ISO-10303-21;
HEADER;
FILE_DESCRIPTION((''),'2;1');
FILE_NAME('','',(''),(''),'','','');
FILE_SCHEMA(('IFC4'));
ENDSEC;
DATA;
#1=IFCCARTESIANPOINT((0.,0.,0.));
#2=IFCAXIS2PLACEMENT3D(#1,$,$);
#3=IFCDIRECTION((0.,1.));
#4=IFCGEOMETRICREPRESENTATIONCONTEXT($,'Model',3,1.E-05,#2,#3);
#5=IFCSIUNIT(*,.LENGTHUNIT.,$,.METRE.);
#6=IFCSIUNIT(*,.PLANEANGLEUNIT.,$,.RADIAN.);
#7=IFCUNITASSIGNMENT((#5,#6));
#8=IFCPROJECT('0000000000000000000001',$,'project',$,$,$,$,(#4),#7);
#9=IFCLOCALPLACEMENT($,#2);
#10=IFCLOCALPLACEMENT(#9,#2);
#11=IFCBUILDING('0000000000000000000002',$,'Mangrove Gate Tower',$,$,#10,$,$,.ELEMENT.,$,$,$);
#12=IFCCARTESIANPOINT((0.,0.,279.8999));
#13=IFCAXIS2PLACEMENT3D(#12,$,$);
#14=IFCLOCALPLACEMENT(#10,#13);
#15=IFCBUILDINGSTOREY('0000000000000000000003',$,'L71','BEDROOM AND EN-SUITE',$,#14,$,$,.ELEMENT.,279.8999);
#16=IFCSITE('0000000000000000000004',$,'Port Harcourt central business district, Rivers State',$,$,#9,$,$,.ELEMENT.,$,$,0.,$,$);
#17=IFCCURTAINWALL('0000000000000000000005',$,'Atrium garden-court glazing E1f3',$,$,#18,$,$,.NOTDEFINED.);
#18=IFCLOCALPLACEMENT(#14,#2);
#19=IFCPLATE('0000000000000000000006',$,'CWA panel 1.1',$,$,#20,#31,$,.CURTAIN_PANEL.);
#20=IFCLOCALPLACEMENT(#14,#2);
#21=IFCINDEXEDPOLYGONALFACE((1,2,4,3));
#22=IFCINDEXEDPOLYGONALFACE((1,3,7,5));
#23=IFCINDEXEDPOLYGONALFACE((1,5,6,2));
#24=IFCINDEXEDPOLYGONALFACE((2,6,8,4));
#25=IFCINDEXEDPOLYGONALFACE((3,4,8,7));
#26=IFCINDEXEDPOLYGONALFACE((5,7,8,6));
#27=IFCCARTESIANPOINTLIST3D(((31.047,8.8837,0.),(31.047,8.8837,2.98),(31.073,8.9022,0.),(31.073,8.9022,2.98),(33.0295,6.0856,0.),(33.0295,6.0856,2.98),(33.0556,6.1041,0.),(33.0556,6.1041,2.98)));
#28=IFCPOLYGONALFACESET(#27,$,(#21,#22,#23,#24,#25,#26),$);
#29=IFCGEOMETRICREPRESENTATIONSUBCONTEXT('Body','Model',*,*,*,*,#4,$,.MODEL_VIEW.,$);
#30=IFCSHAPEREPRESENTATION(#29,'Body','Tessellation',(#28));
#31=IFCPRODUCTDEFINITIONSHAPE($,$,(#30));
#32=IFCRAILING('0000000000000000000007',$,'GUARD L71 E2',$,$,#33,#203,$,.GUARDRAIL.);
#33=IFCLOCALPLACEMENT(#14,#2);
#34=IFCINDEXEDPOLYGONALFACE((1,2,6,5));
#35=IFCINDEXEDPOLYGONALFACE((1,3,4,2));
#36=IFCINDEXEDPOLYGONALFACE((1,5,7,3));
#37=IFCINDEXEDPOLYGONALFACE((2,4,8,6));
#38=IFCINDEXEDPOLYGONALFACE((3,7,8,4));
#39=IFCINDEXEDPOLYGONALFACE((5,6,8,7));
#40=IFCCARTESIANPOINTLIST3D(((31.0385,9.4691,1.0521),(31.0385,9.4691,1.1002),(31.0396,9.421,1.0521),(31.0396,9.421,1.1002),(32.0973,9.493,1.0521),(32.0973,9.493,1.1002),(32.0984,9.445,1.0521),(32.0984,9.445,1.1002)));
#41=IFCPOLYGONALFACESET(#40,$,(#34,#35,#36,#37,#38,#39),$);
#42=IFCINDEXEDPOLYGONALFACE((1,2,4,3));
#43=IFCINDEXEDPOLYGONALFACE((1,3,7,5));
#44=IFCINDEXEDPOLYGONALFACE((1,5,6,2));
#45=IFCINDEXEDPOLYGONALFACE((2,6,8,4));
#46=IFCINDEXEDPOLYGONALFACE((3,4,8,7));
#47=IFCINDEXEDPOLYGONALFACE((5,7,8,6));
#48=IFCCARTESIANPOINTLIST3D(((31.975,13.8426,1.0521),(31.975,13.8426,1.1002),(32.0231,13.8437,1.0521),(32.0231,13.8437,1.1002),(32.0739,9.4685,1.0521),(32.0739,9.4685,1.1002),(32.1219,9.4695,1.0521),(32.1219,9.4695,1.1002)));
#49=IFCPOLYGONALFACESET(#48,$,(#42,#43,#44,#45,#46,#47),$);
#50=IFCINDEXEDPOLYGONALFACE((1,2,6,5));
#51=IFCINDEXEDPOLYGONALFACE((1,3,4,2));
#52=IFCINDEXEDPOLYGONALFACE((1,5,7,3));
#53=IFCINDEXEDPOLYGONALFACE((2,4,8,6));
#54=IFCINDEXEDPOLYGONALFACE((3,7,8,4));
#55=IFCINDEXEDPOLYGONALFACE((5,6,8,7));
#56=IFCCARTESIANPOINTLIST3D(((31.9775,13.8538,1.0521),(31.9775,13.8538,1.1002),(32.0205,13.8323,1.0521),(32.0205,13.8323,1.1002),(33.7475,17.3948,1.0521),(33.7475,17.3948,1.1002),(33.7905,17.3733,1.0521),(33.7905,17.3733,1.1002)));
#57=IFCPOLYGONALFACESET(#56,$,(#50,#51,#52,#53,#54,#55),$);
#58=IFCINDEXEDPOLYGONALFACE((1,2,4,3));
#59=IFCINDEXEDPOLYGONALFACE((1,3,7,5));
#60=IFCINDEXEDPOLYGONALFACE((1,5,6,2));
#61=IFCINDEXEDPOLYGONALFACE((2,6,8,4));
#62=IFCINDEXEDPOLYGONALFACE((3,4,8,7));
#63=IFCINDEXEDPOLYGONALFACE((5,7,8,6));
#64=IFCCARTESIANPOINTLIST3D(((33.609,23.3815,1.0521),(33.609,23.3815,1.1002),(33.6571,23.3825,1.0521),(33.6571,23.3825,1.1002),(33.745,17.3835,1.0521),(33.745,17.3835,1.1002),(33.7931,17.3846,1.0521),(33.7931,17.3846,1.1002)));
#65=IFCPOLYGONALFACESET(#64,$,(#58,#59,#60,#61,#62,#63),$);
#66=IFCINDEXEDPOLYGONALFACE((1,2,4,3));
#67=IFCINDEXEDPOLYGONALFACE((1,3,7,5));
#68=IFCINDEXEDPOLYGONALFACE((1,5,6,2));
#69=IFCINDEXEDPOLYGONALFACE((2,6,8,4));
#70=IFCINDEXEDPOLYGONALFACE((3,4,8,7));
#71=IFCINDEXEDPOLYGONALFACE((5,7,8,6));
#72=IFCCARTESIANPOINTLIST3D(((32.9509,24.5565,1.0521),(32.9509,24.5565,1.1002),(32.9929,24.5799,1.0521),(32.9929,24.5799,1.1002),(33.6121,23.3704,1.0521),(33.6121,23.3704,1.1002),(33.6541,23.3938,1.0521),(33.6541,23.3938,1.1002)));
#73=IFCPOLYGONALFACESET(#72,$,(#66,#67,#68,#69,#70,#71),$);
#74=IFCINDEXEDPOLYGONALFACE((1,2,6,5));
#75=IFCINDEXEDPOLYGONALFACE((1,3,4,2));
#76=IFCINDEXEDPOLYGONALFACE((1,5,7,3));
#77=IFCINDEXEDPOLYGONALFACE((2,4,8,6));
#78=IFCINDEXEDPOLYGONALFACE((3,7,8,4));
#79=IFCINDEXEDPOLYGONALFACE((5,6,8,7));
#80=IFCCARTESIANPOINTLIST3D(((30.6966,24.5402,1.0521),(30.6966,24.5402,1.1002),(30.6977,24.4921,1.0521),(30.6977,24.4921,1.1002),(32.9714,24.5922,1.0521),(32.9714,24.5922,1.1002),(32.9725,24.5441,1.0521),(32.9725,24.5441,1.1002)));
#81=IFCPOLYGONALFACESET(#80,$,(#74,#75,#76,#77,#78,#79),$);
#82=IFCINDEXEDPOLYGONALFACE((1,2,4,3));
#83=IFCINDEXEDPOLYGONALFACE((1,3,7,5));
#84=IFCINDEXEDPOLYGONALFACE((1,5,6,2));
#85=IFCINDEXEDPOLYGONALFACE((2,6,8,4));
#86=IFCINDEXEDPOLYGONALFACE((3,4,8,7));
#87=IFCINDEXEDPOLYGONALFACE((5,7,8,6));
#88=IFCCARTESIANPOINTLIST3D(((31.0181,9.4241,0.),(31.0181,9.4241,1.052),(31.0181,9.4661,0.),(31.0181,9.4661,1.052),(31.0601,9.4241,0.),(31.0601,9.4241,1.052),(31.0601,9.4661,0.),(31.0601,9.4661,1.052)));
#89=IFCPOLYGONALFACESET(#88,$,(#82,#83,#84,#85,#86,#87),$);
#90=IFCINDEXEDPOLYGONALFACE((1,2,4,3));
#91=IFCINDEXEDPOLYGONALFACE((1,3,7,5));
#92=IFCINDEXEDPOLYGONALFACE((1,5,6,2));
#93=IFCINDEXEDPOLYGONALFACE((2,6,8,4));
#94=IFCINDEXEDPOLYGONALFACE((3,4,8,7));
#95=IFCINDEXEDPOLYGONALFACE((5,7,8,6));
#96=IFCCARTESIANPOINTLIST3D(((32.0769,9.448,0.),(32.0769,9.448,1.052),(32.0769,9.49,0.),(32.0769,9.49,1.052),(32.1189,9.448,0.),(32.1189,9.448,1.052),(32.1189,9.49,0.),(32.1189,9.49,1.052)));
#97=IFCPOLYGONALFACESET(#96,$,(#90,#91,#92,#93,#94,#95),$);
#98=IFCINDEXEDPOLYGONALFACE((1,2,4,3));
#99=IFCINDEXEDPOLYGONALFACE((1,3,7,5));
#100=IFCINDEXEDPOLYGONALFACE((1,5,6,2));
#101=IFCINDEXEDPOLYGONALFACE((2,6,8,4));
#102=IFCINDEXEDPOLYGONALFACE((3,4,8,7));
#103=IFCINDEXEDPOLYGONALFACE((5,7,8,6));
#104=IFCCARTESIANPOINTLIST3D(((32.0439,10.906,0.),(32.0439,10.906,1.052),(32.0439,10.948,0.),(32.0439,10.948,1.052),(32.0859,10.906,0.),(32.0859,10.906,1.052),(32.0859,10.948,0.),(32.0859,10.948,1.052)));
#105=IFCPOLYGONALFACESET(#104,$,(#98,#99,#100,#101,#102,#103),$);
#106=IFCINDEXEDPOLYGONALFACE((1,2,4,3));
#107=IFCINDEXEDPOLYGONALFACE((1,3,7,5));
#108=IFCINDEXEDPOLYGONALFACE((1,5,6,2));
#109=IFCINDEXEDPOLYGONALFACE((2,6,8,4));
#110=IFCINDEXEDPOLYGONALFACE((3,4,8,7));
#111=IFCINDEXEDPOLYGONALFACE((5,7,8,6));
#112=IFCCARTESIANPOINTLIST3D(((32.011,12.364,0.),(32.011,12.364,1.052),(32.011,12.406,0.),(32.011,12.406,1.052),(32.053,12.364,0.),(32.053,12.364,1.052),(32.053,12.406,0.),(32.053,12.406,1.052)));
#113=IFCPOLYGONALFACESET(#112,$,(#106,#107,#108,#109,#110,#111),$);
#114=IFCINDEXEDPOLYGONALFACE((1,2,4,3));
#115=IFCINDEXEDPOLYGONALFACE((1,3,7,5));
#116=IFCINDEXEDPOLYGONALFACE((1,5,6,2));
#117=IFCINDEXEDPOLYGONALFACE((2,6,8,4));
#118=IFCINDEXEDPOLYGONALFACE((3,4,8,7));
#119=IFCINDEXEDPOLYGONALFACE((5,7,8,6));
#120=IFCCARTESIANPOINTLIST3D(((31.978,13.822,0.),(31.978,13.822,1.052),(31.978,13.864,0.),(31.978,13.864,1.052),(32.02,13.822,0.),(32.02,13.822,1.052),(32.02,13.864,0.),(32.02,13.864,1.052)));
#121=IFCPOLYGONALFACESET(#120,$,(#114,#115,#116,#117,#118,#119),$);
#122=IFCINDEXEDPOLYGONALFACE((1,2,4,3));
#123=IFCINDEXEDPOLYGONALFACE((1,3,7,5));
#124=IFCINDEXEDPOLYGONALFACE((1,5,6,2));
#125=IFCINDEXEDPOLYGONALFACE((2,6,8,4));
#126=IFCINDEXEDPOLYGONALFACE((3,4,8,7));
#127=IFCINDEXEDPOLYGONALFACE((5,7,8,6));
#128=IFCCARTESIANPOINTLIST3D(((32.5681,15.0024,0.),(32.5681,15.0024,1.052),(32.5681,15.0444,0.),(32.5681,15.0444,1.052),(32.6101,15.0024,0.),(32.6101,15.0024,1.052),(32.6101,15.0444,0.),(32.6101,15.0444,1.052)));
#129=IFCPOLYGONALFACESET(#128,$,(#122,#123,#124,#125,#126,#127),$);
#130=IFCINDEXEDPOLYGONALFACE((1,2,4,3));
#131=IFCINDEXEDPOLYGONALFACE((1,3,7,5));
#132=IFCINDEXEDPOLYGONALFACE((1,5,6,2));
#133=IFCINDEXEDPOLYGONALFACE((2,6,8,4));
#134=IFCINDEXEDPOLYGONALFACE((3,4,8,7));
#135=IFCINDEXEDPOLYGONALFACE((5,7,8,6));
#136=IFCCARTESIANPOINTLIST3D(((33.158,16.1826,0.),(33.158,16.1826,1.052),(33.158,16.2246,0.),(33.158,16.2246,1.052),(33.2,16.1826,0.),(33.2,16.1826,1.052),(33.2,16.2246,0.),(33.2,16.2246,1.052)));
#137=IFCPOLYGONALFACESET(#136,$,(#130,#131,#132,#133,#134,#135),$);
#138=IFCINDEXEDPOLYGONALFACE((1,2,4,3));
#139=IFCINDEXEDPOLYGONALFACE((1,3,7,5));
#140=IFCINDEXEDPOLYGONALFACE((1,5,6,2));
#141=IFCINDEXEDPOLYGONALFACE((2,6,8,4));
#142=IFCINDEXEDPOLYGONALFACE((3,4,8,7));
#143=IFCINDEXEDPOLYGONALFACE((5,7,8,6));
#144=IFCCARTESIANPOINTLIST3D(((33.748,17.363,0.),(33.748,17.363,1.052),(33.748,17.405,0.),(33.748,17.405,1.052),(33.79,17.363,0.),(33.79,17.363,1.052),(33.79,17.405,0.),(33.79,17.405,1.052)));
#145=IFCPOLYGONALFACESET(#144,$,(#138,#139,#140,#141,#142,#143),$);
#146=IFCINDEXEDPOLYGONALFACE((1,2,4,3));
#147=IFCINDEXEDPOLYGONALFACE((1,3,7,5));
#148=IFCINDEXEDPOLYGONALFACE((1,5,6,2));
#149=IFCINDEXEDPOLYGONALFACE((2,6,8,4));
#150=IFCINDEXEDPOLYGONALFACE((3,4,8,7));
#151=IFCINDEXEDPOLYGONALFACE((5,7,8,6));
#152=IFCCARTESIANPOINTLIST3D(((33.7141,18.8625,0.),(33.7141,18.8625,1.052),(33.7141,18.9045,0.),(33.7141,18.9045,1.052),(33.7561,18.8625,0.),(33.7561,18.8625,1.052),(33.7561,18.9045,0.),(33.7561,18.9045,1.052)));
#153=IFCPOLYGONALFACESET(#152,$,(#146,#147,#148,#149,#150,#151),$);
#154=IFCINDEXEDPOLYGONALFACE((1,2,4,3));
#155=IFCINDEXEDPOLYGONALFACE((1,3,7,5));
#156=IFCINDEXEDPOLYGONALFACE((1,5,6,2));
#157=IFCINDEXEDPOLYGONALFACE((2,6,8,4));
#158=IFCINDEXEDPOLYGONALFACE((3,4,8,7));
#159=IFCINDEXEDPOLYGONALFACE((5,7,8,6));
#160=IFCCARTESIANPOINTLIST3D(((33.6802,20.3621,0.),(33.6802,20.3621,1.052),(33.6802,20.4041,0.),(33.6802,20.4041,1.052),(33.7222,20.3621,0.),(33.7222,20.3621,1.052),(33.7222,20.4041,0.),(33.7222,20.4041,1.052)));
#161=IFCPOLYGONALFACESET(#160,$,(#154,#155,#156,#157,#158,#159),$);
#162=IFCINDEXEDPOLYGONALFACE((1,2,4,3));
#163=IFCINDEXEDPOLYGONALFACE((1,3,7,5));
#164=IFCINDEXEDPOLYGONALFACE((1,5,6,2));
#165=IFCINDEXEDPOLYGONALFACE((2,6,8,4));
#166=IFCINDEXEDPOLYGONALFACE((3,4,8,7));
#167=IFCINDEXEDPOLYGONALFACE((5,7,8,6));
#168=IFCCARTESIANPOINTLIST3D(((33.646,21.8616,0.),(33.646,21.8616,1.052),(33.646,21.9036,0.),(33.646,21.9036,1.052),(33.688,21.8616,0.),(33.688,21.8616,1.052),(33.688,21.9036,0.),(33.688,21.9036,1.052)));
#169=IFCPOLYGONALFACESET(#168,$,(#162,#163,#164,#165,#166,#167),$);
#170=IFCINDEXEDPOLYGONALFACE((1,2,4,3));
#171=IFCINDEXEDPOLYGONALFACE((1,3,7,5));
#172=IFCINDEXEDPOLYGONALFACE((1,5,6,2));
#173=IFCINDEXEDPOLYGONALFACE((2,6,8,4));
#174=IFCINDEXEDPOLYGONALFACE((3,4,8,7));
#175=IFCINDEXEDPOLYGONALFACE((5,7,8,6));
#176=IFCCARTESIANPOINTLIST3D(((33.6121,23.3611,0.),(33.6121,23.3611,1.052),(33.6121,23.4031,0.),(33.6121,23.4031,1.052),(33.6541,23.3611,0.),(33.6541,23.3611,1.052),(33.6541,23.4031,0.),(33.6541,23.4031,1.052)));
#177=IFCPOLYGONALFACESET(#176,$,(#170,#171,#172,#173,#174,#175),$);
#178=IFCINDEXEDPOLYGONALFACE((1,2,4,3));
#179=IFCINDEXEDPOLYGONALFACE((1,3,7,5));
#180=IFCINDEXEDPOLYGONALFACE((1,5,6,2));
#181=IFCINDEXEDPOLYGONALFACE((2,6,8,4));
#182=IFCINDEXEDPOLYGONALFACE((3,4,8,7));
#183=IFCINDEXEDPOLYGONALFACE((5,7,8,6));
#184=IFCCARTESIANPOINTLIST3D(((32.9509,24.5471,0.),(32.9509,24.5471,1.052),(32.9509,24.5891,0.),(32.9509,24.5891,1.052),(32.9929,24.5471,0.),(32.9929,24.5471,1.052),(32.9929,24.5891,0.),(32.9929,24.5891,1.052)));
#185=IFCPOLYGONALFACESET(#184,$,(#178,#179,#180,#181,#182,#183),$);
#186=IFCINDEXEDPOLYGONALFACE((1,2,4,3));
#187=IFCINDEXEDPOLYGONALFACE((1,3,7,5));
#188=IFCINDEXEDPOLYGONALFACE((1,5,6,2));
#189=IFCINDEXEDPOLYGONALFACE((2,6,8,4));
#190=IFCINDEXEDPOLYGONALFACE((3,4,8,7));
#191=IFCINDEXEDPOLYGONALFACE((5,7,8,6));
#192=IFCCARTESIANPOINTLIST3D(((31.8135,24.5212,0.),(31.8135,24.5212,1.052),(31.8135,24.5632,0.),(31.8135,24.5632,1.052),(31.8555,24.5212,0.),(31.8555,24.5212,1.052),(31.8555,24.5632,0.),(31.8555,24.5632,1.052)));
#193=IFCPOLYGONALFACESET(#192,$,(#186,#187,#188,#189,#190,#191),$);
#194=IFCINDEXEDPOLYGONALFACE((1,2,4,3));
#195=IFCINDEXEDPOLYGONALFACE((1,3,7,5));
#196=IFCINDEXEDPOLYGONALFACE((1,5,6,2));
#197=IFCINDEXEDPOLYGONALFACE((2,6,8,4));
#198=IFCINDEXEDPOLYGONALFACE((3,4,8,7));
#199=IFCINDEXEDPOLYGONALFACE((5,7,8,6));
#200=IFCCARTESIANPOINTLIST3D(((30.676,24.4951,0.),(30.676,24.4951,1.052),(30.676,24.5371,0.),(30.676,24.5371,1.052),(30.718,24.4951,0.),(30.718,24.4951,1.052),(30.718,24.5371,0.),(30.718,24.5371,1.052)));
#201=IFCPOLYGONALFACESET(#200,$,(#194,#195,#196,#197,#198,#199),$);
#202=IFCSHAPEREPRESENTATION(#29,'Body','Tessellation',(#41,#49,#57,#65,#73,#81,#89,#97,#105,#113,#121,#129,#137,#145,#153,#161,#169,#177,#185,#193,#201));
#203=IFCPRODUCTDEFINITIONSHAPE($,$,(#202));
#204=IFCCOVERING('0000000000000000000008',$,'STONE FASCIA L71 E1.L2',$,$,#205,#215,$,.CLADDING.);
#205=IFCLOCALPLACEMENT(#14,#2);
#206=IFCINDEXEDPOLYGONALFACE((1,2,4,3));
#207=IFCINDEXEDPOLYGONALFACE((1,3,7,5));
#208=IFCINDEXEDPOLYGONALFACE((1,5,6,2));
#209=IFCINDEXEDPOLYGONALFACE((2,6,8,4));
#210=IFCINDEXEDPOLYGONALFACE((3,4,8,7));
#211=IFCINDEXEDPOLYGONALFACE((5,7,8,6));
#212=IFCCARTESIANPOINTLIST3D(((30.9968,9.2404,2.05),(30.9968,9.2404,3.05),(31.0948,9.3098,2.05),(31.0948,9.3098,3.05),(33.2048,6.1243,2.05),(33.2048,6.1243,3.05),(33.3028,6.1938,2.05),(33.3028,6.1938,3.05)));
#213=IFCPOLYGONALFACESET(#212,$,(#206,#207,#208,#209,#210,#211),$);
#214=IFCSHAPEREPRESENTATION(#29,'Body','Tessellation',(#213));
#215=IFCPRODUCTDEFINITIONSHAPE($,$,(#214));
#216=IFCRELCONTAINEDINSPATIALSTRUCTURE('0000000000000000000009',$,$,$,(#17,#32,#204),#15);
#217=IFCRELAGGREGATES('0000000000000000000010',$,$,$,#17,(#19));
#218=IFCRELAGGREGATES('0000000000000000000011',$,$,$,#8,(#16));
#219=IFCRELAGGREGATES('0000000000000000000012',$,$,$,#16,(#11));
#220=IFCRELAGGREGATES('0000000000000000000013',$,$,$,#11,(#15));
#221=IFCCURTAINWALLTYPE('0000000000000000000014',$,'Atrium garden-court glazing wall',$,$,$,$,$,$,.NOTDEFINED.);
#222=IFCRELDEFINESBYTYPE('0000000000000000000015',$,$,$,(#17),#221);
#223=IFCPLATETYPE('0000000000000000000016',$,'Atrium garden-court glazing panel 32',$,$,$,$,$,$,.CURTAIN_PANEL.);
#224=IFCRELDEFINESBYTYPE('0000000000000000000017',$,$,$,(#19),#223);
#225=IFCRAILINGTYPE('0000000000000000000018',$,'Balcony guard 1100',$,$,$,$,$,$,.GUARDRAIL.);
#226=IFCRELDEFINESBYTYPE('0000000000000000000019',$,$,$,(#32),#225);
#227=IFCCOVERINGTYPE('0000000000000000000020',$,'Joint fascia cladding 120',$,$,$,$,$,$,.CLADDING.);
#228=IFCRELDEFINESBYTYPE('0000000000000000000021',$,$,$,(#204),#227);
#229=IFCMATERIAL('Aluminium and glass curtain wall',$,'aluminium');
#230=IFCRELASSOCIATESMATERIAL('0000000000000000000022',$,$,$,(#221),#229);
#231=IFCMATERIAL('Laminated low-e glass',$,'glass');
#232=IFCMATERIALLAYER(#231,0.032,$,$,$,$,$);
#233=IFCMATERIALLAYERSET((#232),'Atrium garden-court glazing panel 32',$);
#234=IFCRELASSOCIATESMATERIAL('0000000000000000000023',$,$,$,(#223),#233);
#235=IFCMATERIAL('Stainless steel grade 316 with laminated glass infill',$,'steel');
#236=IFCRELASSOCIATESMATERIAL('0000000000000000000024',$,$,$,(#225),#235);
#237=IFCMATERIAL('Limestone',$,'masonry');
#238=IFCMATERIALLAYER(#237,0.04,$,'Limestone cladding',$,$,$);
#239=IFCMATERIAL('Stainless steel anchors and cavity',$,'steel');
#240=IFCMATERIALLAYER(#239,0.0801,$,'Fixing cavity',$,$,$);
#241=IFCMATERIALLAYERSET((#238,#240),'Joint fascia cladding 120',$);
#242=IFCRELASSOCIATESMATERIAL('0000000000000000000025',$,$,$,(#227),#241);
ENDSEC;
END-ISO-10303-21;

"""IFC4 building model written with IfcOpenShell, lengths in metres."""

from ifc_helpers import new_model, si_unit, direction, frame, frame_2d, origin, origin_2d, place, context, subcontext, project, spatial, rectangle, extrude, material, layer, layer_set, type_object, element, aggregate, save


model = new_model("IFC4")

# Units and contexts
model_context = context("Model", 3, precision=1e-05, world=origin(), true_north=direction((0.0, 1.0)))
body_context = subcontext(model_context, "Body", "Model", "MODEL_VIEW")
ifc_project = project(units=[si_unit("LENGTHUNIT", "METRE"), si_unit("PLANEANGLEUNIT", "RADIAN")], contexts=[model_context])

# Site, building, storey
site_placement = place(None, origin())
site = spatial("IfcSite", under=ifc_project, at=site_placement, Name="Port Harcourt central business district, Rivers State", CompositionType="ELEMENT", RefElevation=0.0)
building_placement = place(site_placement, origin())
building = spatial("IfcBuilding", under=site, at=building_placement, Name="Mangrove Gate Tower", CompositionType="ELEMENT")
storey_placement = place(building_placement, frame((0.0, 0.0, 279.8999)))
storey = spatial("IfcBuildingStorey", under=building, at=storey_placement, Name="L71", Description="BEDROOM AND EN-SUITE", CompositionType="ELEMENT", Elevation=279.8999)

# Shared definitions
ifc_material_1 = material(Name="Aluminium and glass curtain wall", Category="aluminium")
curtain_wall_type = type_object("IfcCurtainWallType", Name="Atrium garden-court glazing wall", PredefinedType="NOTDEFINED", material=ifc_material_1)

# Curtain wall
curtain_wall_1_placement = place(storey_placement, origin())
curtain_wall_1 = element("IfcCurtainWall", 1, at=curtain_wall_1_placement, inside=storey, type_object=curtain_wall_type, Name="Atrium garden-court glazing E1f3", PredefinedType="NOTDEFINED")

# Plate
ifc_material_2 = material(Name="Laminated low-e glass", Category="glass")
ifc_layer_1 = layer(ifc_material_2, 0.032)
ifc_layer_set_1 = layer_set([ifc_layer_1], Name="Atrium garden-court glazing panel 32")
plate_type = type_object("IfcPlateType", Name="Atrium garden-court glazing panel 32", PredefinedType="CURTAIN_PANEL", material=ifc_layer_set_1)
plate_1_placement = place(storey_placement, frame((32.0513, 7.4939, 0.0), z_axis=(0.0, 0.0, 1.0), x_axis=(-0.578135, 0.815941, 0.0)))
plate_1 = element("IfcPlate", 2, at=plate_1_placement, type_object=plate_type, Name="CWA panel 1.1", PredefinedType="CURTAIN_PANEL", context=body_context, shape_type="SweptSolid", body=[
    extrude(rectangle(XDim=3.4292, YDim=0.032, at=origin_2d()), origin(), (0.0, 0.0, 1.0), 2.98),
])
aggregate(curtain_wall_1, [plate_1])

# Shared definitions
ifc_material_3 = material(Name="Limestone", Category="masonry")

# Railing
ifc_material_4 = material(Name="Stainless steel grade 316 with laminated glass infill", Category="steel")
railing_type = type_object("IfcRailingType", Name="Balcony guard 1100", PredefinedType="GUARDRAIL", material=ifc_material_4)
railing_placement = place(storey_placement, frame((31.0391, 9.4451, 0.0)))
element("IfcRailing", 3, at=railing_placement, inside=storey, type_object=railing_type, Name="GUARD L71 E2", PredefinedType="GUARDRAIL", context=body_context, shape_type="SweptSolid", body=[
    extrude(rectangle(XDim=0.0481, YDim=0.0481, at=origin_2d()), frame((0.0, 0.0, 1.0762), z_axis=(0.999745, 0.02259, 0.0), x_axis=(-0.02259, 0.999745, 0.0)), (0.0, 0.0, 1.0), 1.0591),
    extrude(rectangle(XDim=0.0481, YDim=0.0481, at=origin_2d()), frame((1.0588, 0.0239, 1.0762), z_axis=(-0.0226, 0.999745, 0.0), x_axis=(-0.999745, -0.0226, 0.0)), (0.0, 0.0, 1.0), 4.3752),
    extrude(rectangle(XDim=0.0481, YDim=0.0481, at=origin_2d()), frame((0.96, 4.3979, 1.0762), z_axis=(0.447115, 0.894477, 0.0), x_axis=(-0.894477, 0.447115, 0.0)), (0.0, 0.0, 1.0), 3.9587),
    extrude(rectangle(XDim=0.0481, YDim=0.0481, at=origin_2d()), frame((2.73, 7.939, 1.0762), z_axis=(-0.022666, 0.999743, 0.0), x_axis=(-0.999743, -0.022666, 0.0)), (0.0, 0.0, 1.0), 5.9995),
    extrude(rectangle(XDim=0.0481, YDim=0.0481, at=origin_2d()), frame((2.594, 13.937, 1.0762), z_axis=(-0.486894, 0.873461, 0.0), x_axis=(-0.873461, -0.486894, 0.0)), (0.0, 0.0, 1.0), 1.3579),
    extrude(rectangle(XDim=0.0481, YDim=0.0481, at=origin_2d()), frame((1.9329, 15.123, 1.0762), z_axis=(-0.999739, -0.022853, 0.0), x_axis=(0.022853, -0.999739, 0.0)), (0.0, 0.0, 1.0), 2.2754),
    extrude(rectangle(XDim=0.042, YDim=0.042, at=origin_2d()), origin(), (0.0, 0.0, 1.0), 1.052),
    extrude(rectangle(XDim=0.042, YDim=0.042, at=origin_2d()), frame((1.0588, 0.0239, 0.0)), (0.0, 0.0, 1.0), 1.052),
    extrude(rectangle(XDim=0.042, YDim=0.042, at=origin_2d()), frame((1.0259, 1.4819, 0.0)), (0.0, 0.0, 1.0), 1.052),
    extrude(rectangle(XDim=0.042, YDim=0.042, at=origin_2d()), frame((0.9929, 2.9399, 0.0)), (0.0, 0.0, 1.0), 1.052),
    extrude(rectangle(XDim=0.042, YDim=0.042, at=origin_2d()), frame((0.96, 4.3979, 0.0)), (0.0, 0.0, 1.0), 1.052),
    extrude(rectangle(XDim=0.042, YDim=0.042, at=origin_2d()), frame((1.55, 5.5784, 0.0)), (0.0, 0.0, 1.0), 1.052),
    extrude(rectangle(XDim=0.042, YDim=0.042, at=origin_2d()), frame((2.1399, 6.7585, 0.0)), (0.0, 0.0, 1.0), 1.052),
    extrude(rectangle(XDim=0.042, YDim=0.042, at=origin_2d()), frame((2.73, 7.939, 0.0)), (0.0, 0.0, 1.0), 1.052),
    extrude(rectangle(XDim=0.042, YDim=0.042, at=origin_2d()), frame((2.696, 9.4385, 0.0)), (0.0, 0.0, 1.0), 1.052),
    extrude(rectangle(XDim=0.042, YDim=0.042, at=origin_2d()), frame((2.6621, 10.938, 0.0)), (0.0, 0.0, 1.0), 1.052),
    extrude(rectangle(XDim=0.042, YDim=0.042, at=origin_2d()), frame((2.6279, 12.4375, 0.0)), (0.0, 0.0, 1.0), 1.052),
    extrude(rectangle(XDim=0.042, YDim=0.042, at=origin_2d()), frame((2.594, 13.937, 0.0)), (0.0, 0.0, 1.0), 1.052),
    extrude(rectangle(XDim=0.042, YDim=0.042, at=origin_2d()), frame((1.9329, 15.123, 0.0)), (0.0, 0.0, 1.0), 1.052),
    extrude(rectangle(XDim=0.042, YDim=0.042, at=origin_2d()), frame((0.7954, 15.0972, 0.0)), (0.0, 0.0, 1.0), 1.052),
    extrude(rectangle(XDim=0.042, YDim=0.042, at=origin_2d()), frame((-0.342, 15.071, 0.0)), (0.0, 0.0, 1.0), 1.052),
])

# Covering
ifc_layer_2 = layer(ifc_material_3, 0.04, Name="Limestone cladding")
ifc_material_5 = material(Name="Stainless steel anchors and cavity", Category="steel")
ifc_layer_3 = layer(ifc_material_5, 0.0801, Name="Fixing cavity")
ifc_layer_set_2 = layer_set([ifc_layer_2, ifc_layer_3], Name="Joint fascia cladding 120")
covering_type = type_object("IfcCoveringType", Name="Joint fascia cladding 120", PredefinedType="CLADDING", material=ifc_layer_set_2)
covering_placement = place(storey_placement, frame((33.2539, 6.1589, 2.05), z_axis=(0.0, 0.0, 1.0), x_axis=(-0.578168, 0.815918, 0.0)))
element("IfcCovering", 4, at=covering_placement, inside=storey, type_object=covering_type, Name="STONE FASCIA L71 E1.L2", PredefinedType="CLADDING", context=body_context, shape_type="SweptSolid", body=[
    extrude(rectangle(XDim=3.8191, YDim=0.1201, at=frame_2d((1.9097, 0.0))), origin(), (0.0, 0.0, 1.0), 1.0),
])

save(model, "model.ifc")
